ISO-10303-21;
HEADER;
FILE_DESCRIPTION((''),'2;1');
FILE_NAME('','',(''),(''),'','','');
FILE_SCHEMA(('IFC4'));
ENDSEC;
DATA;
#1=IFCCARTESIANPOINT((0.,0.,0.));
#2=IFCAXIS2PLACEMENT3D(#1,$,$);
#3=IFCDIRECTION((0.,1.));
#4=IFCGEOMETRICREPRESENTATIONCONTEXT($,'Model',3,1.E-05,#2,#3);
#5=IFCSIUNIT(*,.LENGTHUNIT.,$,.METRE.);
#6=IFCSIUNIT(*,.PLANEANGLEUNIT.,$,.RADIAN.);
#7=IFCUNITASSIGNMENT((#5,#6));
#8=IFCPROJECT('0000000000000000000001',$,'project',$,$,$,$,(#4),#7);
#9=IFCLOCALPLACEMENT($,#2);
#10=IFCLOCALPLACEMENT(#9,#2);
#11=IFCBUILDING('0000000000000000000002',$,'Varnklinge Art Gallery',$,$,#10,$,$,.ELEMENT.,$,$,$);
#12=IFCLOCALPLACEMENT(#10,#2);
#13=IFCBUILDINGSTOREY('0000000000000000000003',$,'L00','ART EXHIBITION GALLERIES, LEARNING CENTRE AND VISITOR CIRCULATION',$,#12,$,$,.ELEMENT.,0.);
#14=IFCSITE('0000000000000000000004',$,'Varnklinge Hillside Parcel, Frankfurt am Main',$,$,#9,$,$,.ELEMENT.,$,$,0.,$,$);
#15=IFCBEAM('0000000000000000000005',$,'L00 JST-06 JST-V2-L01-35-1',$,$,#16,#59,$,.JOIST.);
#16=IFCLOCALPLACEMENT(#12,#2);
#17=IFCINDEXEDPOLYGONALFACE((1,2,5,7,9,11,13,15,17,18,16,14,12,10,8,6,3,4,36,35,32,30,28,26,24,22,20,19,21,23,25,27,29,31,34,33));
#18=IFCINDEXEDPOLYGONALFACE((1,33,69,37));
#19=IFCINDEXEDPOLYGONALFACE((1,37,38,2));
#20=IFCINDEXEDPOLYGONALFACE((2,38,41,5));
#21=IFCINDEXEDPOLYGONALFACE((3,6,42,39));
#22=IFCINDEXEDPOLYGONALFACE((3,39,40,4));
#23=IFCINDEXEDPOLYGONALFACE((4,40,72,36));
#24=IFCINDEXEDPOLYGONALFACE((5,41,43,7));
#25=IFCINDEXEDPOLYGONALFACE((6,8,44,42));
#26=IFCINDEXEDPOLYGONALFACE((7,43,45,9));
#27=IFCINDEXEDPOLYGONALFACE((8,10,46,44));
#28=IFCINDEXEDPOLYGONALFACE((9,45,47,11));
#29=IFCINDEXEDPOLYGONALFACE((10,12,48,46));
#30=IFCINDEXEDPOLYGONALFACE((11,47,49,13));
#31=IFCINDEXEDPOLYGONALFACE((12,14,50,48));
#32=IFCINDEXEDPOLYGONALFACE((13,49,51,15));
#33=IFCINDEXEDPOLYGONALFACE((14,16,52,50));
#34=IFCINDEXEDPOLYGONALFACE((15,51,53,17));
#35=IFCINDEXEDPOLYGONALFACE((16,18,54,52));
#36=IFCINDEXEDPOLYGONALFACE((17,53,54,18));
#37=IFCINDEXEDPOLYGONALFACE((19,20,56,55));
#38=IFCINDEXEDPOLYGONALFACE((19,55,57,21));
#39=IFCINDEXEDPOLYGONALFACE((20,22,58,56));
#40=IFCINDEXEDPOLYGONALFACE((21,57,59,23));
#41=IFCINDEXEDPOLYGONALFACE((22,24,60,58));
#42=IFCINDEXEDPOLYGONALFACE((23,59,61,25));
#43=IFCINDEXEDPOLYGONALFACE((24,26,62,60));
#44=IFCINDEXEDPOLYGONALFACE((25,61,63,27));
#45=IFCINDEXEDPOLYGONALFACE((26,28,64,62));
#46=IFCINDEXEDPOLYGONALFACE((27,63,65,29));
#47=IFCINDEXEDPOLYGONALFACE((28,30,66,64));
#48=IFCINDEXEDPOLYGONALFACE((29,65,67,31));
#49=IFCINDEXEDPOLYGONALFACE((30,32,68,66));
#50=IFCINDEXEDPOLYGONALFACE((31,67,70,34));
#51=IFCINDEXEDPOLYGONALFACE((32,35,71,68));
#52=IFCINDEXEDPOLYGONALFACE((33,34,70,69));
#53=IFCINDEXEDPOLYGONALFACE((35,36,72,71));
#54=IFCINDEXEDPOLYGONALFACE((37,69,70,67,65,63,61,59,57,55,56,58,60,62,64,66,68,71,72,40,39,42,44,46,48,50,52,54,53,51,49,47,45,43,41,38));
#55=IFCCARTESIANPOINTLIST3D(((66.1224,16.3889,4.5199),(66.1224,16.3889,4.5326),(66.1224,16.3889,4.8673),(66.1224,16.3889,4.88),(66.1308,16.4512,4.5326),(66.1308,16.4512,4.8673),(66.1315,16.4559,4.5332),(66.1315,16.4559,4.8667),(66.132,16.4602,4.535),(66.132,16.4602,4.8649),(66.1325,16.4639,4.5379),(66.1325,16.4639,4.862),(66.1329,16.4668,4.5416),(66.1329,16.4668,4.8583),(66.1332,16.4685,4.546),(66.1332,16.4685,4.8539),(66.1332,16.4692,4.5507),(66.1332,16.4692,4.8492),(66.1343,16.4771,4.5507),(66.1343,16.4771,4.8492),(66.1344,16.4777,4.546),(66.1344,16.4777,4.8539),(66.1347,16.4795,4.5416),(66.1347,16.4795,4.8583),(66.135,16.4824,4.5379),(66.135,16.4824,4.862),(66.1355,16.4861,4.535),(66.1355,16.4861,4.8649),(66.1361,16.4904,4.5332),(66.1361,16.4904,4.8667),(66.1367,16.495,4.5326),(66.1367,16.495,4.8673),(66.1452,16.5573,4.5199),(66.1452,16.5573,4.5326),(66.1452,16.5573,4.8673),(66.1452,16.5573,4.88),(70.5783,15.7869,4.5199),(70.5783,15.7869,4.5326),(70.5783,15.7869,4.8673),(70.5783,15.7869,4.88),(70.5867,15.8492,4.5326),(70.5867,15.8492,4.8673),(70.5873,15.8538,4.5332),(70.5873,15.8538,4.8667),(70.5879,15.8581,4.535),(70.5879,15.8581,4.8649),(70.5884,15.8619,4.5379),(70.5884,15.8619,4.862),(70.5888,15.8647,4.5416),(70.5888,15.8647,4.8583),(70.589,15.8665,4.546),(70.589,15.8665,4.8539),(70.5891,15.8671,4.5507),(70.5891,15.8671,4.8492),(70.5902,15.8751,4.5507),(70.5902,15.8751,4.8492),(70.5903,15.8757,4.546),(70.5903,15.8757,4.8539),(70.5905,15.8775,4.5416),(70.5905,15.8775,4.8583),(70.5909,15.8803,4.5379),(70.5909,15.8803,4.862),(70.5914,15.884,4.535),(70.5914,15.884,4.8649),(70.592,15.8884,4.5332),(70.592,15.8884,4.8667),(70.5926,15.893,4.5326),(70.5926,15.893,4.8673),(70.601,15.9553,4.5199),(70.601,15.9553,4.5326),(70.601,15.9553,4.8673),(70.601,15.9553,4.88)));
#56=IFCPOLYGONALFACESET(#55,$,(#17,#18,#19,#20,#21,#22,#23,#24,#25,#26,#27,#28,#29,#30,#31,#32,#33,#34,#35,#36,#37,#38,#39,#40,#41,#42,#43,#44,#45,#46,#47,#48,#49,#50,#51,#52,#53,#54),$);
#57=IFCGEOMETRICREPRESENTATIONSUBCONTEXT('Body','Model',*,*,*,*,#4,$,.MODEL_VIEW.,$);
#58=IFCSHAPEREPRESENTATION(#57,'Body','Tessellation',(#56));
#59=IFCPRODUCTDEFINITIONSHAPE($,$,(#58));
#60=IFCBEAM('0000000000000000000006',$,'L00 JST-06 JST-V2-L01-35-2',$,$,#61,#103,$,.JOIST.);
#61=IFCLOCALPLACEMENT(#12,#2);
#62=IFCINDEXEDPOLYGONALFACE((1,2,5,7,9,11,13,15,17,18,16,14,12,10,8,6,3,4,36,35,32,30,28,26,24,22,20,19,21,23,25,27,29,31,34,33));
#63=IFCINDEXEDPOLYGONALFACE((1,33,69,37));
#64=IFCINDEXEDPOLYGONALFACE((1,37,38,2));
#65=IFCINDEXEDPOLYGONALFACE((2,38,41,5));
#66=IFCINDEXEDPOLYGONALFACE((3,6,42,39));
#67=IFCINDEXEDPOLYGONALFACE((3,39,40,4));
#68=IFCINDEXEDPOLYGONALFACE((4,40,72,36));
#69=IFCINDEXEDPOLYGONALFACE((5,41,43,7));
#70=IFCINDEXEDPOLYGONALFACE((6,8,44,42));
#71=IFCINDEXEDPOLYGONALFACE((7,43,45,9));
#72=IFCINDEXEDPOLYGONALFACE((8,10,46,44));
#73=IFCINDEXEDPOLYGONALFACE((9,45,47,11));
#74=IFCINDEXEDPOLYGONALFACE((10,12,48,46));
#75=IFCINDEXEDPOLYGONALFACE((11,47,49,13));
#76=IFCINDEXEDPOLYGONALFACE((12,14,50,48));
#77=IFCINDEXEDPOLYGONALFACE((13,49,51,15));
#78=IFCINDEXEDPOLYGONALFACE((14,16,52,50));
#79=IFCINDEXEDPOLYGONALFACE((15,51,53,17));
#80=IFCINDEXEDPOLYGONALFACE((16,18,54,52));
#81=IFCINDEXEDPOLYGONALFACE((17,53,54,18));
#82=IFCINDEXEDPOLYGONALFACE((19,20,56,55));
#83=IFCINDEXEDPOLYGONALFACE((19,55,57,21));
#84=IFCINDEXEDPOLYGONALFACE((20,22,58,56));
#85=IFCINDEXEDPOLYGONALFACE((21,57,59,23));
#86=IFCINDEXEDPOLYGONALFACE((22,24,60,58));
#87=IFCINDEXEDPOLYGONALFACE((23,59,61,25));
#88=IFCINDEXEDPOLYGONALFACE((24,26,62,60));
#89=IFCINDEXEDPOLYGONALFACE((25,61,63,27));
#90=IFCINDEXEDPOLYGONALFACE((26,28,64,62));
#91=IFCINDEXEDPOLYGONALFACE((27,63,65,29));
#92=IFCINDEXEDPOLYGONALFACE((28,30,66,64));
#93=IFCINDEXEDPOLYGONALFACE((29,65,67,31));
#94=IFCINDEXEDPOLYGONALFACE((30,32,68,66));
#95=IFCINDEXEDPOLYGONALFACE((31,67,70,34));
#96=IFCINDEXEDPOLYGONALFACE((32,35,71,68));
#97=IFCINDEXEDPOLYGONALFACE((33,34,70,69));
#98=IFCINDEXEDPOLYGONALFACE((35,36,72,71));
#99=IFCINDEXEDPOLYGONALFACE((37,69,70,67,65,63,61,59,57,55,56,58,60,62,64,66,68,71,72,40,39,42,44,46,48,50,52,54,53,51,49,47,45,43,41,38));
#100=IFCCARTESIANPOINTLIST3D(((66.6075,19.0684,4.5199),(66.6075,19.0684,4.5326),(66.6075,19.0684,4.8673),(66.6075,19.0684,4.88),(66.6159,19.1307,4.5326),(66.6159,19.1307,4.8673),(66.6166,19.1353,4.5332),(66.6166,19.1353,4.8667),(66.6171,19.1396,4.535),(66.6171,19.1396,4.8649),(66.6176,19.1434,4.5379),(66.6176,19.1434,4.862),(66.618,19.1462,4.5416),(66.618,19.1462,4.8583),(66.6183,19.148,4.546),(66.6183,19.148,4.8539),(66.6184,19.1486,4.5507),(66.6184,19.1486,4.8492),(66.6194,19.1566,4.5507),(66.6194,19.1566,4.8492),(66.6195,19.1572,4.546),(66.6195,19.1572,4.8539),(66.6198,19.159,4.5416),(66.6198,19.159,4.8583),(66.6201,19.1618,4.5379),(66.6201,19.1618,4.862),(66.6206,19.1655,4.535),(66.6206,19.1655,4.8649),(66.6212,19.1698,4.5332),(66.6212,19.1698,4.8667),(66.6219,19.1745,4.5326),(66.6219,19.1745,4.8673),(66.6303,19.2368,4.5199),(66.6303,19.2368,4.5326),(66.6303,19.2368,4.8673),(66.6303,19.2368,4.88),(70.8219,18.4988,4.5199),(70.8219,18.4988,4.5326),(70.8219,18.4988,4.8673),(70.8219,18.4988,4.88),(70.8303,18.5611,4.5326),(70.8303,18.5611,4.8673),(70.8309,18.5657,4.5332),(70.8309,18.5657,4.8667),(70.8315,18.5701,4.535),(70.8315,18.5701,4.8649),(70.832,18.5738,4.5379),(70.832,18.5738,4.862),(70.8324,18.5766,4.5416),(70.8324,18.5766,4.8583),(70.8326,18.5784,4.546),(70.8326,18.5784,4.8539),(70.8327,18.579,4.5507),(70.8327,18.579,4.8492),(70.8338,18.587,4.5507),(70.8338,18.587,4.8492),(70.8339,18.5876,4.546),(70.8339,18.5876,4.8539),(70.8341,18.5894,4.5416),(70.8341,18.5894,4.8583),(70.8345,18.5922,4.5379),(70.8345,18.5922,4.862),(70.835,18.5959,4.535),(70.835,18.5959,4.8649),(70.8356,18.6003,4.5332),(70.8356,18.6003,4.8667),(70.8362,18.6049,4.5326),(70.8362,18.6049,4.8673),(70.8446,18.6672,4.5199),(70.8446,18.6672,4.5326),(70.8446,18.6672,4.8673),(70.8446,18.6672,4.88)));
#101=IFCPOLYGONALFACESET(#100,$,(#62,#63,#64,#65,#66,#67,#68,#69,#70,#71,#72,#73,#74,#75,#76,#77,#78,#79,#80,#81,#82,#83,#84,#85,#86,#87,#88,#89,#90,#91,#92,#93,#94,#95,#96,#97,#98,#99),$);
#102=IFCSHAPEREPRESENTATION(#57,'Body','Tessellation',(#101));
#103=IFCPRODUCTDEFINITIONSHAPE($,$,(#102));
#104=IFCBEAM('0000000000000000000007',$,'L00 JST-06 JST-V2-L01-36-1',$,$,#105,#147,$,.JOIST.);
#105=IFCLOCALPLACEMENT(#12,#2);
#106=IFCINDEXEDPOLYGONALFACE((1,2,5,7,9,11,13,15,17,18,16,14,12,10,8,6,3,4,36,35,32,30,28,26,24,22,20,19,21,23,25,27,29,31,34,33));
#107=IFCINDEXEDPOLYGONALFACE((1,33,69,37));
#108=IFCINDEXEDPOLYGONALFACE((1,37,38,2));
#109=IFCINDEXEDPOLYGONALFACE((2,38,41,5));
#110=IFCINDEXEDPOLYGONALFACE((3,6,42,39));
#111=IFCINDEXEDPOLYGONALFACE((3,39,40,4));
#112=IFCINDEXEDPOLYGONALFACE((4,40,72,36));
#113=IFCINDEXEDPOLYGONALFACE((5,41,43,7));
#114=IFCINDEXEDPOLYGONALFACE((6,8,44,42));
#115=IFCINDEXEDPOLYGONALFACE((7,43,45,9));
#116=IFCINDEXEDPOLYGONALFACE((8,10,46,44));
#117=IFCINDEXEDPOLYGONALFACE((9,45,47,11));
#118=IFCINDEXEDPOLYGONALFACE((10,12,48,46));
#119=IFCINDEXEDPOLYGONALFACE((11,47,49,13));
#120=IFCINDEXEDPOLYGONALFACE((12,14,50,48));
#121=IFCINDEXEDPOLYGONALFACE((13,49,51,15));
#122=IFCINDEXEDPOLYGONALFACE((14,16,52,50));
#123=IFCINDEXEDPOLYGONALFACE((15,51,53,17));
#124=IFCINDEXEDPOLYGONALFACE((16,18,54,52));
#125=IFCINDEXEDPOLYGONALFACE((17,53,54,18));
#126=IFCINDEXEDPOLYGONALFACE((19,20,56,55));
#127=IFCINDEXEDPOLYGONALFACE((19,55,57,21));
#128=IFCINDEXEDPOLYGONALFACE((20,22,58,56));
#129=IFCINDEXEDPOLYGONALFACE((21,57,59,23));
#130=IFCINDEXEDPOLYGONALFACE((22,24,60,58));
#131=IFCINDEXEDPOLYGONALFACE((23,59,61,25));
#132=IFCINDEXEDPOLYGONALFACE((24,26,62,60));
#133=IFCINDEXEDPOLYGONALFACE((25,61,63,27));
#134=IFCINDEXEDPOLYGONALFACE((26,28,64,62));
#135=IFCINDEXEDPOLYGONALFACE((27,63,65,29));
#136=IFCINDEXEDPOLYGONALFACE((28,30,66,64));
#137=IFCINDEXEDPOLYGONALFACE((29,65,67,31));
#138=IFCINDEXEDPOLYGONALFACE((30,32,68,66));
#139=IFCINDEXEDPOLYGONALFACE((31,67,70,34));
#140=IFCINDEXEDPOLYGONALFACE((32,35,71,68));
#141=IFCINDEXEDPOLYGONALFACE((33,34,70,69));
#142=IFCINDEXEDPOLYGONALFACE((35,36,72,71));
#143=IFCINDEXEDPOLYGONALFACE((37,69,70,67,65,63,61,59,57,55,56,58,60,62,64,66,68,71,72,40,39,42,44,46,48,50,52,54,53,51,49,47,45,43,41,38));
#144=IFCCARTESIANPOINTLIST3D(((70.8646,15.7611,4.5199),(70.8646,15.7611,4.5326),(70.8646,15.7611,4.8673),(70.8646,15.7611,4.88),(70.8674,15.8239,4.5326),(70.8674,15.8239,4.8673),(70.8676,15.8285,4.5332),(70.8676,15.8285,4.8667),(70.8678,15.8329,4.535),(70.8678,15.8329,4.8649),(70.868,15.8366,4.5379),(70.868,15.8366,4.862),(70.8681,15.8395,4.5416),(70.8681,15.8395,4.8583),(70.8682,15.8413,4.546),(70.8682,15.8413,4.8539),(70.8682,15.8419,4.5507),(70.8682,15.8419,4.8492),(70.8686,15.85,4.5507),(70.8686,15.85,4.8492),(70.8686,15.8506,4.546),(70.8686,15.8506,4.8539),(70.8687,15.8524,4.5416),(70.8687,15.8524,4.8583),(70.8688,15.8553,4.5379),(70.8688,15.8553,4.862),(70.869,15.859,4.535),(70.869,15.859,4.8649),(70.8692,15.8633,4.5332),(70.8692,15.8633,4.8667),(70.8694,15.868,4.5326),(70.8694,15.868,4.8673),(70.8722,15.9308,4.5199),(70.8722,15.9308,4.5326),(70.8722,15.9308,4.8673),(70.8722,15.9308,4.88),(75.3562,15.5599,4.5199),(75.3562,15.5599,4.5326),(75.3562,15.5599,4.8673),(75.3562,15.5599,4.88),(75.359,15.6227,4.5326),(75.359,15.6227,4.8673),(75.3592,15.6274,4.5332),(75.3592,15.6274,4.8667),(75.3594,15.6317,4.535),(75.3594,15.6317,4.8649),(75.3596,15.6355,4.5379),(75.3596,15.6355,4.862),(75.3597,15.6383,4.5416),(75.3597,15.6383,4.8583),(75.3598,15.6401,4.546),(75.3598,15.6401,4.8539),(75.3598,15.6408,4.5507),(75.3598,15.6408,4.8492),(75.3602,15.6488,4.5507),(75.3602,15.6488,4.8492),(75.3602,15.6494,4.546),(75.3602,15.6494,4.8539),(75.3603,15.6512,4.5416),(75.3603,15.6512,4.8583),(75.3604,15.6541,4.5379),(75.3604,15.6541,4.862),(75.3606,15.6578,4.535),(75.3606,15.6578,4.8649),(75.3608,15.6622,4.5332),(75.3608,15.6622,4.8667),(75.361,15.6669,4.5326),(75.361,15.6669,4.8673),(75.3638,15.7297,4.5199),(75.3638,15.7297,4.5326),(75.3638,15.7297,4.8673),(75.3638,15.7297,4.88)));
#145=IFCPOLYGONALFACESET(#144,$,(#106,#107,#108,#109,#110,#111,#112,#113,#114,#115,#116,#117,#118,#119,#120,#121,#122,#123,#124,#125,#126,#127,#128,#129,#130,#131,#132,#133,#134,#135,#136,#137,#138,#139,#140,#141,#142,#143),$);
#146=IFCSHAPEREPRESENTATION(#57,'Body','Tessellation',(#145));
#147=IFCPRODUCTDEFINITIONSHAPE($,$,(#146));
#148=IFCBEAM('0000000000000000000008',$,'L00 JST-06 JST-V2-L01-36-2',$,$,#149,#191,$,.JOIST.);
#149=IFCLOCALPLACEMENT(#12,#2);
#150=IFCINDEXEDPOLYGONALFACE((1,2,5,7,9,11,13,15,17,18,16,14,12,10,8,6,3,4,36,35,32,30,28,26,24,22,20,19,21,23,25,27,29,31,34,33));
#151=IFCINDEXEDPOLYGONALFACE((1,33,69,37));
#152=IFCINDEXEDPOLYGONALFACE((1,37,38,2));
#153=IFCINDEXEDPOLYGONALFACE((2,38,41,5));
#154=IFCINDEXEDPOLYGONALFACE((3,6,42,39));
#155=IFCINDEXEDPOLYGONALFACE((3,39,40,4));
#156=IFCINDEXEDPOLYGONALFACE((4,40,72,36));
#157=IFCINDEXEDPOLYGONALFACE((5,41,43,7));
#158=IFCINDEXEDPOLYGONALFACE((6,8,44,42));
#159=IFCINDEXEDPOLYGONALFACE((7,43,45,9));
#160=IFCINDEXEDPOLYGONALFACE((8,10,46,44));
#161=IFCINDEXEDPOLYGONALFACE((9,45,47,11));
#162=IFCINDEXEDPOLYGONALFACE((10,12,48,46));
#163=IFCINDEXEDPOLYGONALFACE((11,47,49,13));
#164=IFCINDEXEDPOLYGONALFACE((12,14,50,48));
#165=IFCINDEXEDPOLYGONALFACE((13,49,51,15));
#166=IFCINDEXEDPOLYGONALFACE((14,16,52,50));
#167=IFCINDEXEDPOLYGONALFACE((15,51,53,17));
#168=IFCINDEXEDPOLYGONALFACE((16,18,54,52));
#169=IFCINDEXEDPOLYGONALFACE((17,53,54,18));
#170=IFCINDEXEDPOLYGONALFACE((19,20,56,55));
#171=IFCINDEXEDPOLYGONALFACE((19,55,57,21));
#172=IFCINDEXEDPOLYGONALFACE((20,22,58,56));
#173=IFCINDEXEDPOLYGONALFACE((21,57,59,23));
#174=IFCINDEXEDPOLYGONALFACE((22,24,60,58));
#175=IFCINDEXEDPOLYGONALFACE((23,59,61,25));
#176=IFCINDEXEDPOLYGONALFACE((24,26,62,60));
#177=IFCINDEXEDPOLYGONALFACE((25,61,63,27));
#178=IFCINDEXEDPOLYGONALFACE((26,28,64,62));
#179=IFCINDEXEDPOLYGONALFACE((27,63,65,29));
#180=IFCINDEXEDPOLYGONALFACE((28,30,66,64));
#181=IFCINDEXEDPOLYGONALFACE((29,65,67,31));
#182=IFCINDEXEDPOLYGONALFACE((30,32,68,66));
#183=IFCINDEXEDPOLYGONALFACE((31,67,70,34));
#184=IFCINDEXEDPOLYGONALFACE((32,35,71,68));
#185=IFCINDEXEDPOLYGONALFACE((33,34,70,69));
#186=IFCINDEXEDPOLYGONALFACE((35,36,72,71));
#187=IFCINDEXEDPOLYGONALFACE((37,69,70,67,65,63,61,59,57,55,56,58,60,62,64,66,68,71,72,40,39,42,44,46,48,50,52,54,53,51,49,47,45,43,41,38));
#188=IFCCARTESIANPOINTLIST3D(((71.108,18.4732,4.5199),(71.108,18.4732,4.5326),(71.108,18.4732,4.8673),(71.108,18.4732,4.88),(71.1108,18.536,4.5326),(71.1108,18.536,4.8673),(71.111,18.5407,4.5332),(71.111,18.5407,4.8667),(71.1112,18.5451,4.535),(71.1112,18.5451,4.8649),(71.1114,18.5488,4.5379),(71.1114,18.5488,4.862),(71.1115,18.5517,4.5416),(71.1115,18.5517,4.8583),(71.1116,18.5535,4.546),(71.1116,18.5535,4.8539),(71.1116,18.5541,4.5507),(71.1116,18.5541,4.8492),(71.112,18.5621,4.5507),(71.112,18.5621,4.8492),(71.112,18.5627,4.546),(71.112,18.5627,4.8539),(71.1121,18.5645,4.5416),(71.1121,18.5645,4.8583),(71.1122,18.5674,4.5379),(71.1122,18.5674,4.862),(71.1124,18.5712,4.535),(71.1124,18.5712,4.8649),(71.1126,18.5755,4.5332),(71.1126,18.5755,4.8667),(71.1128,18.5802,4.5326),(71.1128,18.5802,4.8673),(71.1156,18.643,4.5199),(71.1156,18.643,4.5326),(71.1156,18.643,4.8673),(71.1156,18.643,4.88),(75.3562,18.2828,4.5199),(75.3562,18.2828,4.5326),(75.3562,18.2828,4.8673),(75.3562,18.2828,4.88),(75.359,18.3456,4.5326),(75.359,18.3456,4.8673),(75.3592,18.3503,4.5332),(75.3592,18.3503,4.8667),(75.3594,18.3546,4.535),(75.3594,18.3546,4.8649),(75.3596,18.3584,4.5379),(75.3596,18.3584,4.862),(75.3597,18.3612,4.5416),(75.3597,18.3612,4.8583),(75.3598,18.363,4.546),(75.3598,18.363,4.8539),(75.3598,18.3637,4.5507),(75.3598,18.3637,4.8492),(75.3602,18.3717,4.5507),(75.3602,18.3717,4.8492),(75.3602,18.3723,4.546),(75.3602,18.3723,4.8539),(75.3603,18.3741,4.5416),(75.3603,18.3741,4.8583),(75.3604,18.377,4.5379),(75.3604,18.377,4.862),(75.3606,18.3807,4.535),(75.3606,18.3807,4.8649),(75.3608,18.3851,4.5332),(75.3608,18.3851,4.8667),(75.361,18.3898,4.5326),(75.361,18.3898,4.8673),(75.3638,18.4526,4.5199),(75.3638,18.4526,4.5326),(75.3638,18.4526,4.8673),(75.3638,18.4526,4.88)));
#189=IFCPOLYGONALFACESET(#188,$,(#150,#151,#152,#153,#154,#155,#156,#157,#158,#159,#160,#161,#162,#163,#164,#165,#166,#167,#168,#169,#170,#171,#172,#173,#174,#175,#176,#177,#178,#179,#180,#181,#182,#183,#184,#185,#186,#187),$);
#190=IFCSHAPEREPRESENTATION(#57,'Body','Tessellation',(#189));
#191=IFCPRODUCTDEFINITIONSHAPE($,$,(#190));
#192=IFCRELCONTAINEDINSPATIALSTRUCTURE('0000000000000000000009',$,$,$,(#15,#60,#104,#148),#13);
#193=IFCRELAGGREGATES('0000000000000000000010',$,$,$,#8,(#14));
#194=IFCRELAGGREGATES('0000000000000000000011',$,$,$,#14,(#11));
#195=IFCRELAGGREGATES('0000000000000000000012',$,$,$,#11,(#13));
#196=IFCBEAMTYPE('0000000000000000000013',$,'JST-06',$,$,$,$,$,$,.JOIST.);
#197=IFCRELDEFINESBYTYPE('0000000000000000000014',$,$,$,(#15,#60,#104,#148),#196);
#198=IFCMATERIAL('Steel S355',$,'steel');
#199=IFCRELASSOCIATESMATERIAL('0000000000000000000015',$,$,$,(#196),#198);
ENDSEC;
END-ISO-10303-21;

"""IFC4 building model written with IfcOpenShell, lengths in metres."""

from ifc_helpers import new_model, si_unit, direction, frame, origin, origin_2d, place, context, subcontext, project, spatial, i_section, extrude, material, material_profile, profile_set, type_object, element, save


model = new_model("IFC4")

# Units and contexts
model_context = context("Model", 3, precision=1e-05, world=origin(), true_north=direction((0.0, 1.0)))
body_context = subcontext(model_context, "Body", "Model", "MODEL_VIEW")
ifc_project = project(units=[si_unit("LENGTHUNIT", "METRE"), si_unit("PLANEANGLEUNIT", "RADIAN")], contexts=[model_context])

# Site, building, storey
site_placement = place(None, origin())
site = spatial("IfcSite", under=ifc_project, at=site_placement, Name="Varnklinge Hillside Parcel, Frankfurt am Main", CompositionType="ELEMENT", RefElevation=0.0)
building_placement = place(site_placement, origin())
building = spatial("IfcBuilding", under=site, at=building_placement, Name="Varnklinge Art Gallery", CompositionType="ELEMENT")
storey_placement = place(building_placement, origin())
storey = spatial("IfcBuildingStorey", under=building, at=storey_placement, Name="L00", Description="ART EXHIBITION GALLERIES, LEARNING CENTRE AND VISITOR CIRCULATION", CompositionType="ELEMENT", Elevation=0.0)

# Beams
ifc_material_1 = material(Name="Steel S355", Category="steel")
ifc_material_profile_1 = material_profile(ifc_material_1, i_section(OverallWidth=0.1699, OverallDepth=0.3601, WebThickness=0.0081, FlangeThickness=0.0127, FilletRadius=0.0181, at=origin_2d()), Name="IPE 360")
ifc_profile_set_1 = profile_set([ifc_material_profile_1], Name="Steel S355")
beam_type_1 = type_object("IfcBeamType", Name="JST-06", PredefinedType="JOIST", material=ifc_profile_set_1)
beam_1_placement = place(storey_placement, frame((66.1338, 16.4731, 4.7), z_axis=(0.990995, -0.133899, 0.0), x_axis=(0.133899, 0.990995, 0.0)))
element("IfcBeam", 1, at=beam_1_placement, inside=storey, type_object=beam_type_1, Name="L00 JST-06 JST-V2-L01-35-1", PredefinedType="JOIST", context=body_context, shape_type="SweptSolid", body=[
    extrude(i_section(OverallWidth=0.1699, OverallDepth=0.3601, WebThickness=0.0081, FlangeThickness=0.0127, FilletRadius=0.0181, at=origin_2d()), origin(), (0.0, 0.0, 1.0), 4.4963),
])
beam_2_placement = place(storey_placement, frame((66.6189, 19.1526, 4.7), z_axis=(0.99099, -0.133935, 0.0), x_axis=(0.133935, 0.99099, 0.0)))
element("IfcBeam", 2, at=beam_2_placement, inside=storey, type_object=beam_type_1, Name="L00 JST-06 JST-V2-L01-35-2", PredefinedType="JOIST", context=body_context, shape_type="SweptSolid", body=[
    extrude(i_section(OverallWidth=0.1699, OverallDepth=0.3601, WebThickness=0.0081, FlangeThickness=0.0127, FilletRadius=0.0181, at=origin_2d()), origin(), (0.0, 0.0, 1.0), 4.2527),
])
beam_3_placement = place(storey_placement, frame((70.8684, 15.8459, 4.7), z_axis=(0.998999, -0.044743, 0.0), x_axis=(0.044743, 0.998999, 0.0)))
element("IfcBeam", 3, at=beam_3_placement, inside=storey, type_object=beam_type_1, Name="L00 JST-06 JST-V2-L01-36-1", PredefinedType="JOIST", context=body_context, shape_type="SweptSolid", body=[
    extrude(i_section(OverallWidth=0.1699, OverallDepth=0.3601, WebThickness=0.0081, FlangeThickness=0.0127, FilletRadius=0.0181, at=origin_2d()), origin(), (0.0, 0.0, 1.0), 4.4961),
])
beam_4_placement = place(storey_placement, frame((71.1118, 18.5581, 4.7), z_axis=(0.998997, -0.04478, 0.0), x_axis=(0.04478, 0.998997, 0.0)))
element("IfcBeam", 4, at=beam_4_placement, inside=storey, type_object=beam_type_1, Name="L00 JST-06 JST-V2-L01-36-2", PredefinedType="JOIST", context=body_context, shape_type="SweptSolid", body=[
    extrude(i_section(OverallWidth=0.1699, OverallDepth=0.3601, WebThickness=0.0081, FlangeThickness=0.0127, FilletRadius=0.0181, at=origin_2d()), origin(), (0.0, 0.0, 1.0), 4.2524),
])

save(model, "model.ifc")
